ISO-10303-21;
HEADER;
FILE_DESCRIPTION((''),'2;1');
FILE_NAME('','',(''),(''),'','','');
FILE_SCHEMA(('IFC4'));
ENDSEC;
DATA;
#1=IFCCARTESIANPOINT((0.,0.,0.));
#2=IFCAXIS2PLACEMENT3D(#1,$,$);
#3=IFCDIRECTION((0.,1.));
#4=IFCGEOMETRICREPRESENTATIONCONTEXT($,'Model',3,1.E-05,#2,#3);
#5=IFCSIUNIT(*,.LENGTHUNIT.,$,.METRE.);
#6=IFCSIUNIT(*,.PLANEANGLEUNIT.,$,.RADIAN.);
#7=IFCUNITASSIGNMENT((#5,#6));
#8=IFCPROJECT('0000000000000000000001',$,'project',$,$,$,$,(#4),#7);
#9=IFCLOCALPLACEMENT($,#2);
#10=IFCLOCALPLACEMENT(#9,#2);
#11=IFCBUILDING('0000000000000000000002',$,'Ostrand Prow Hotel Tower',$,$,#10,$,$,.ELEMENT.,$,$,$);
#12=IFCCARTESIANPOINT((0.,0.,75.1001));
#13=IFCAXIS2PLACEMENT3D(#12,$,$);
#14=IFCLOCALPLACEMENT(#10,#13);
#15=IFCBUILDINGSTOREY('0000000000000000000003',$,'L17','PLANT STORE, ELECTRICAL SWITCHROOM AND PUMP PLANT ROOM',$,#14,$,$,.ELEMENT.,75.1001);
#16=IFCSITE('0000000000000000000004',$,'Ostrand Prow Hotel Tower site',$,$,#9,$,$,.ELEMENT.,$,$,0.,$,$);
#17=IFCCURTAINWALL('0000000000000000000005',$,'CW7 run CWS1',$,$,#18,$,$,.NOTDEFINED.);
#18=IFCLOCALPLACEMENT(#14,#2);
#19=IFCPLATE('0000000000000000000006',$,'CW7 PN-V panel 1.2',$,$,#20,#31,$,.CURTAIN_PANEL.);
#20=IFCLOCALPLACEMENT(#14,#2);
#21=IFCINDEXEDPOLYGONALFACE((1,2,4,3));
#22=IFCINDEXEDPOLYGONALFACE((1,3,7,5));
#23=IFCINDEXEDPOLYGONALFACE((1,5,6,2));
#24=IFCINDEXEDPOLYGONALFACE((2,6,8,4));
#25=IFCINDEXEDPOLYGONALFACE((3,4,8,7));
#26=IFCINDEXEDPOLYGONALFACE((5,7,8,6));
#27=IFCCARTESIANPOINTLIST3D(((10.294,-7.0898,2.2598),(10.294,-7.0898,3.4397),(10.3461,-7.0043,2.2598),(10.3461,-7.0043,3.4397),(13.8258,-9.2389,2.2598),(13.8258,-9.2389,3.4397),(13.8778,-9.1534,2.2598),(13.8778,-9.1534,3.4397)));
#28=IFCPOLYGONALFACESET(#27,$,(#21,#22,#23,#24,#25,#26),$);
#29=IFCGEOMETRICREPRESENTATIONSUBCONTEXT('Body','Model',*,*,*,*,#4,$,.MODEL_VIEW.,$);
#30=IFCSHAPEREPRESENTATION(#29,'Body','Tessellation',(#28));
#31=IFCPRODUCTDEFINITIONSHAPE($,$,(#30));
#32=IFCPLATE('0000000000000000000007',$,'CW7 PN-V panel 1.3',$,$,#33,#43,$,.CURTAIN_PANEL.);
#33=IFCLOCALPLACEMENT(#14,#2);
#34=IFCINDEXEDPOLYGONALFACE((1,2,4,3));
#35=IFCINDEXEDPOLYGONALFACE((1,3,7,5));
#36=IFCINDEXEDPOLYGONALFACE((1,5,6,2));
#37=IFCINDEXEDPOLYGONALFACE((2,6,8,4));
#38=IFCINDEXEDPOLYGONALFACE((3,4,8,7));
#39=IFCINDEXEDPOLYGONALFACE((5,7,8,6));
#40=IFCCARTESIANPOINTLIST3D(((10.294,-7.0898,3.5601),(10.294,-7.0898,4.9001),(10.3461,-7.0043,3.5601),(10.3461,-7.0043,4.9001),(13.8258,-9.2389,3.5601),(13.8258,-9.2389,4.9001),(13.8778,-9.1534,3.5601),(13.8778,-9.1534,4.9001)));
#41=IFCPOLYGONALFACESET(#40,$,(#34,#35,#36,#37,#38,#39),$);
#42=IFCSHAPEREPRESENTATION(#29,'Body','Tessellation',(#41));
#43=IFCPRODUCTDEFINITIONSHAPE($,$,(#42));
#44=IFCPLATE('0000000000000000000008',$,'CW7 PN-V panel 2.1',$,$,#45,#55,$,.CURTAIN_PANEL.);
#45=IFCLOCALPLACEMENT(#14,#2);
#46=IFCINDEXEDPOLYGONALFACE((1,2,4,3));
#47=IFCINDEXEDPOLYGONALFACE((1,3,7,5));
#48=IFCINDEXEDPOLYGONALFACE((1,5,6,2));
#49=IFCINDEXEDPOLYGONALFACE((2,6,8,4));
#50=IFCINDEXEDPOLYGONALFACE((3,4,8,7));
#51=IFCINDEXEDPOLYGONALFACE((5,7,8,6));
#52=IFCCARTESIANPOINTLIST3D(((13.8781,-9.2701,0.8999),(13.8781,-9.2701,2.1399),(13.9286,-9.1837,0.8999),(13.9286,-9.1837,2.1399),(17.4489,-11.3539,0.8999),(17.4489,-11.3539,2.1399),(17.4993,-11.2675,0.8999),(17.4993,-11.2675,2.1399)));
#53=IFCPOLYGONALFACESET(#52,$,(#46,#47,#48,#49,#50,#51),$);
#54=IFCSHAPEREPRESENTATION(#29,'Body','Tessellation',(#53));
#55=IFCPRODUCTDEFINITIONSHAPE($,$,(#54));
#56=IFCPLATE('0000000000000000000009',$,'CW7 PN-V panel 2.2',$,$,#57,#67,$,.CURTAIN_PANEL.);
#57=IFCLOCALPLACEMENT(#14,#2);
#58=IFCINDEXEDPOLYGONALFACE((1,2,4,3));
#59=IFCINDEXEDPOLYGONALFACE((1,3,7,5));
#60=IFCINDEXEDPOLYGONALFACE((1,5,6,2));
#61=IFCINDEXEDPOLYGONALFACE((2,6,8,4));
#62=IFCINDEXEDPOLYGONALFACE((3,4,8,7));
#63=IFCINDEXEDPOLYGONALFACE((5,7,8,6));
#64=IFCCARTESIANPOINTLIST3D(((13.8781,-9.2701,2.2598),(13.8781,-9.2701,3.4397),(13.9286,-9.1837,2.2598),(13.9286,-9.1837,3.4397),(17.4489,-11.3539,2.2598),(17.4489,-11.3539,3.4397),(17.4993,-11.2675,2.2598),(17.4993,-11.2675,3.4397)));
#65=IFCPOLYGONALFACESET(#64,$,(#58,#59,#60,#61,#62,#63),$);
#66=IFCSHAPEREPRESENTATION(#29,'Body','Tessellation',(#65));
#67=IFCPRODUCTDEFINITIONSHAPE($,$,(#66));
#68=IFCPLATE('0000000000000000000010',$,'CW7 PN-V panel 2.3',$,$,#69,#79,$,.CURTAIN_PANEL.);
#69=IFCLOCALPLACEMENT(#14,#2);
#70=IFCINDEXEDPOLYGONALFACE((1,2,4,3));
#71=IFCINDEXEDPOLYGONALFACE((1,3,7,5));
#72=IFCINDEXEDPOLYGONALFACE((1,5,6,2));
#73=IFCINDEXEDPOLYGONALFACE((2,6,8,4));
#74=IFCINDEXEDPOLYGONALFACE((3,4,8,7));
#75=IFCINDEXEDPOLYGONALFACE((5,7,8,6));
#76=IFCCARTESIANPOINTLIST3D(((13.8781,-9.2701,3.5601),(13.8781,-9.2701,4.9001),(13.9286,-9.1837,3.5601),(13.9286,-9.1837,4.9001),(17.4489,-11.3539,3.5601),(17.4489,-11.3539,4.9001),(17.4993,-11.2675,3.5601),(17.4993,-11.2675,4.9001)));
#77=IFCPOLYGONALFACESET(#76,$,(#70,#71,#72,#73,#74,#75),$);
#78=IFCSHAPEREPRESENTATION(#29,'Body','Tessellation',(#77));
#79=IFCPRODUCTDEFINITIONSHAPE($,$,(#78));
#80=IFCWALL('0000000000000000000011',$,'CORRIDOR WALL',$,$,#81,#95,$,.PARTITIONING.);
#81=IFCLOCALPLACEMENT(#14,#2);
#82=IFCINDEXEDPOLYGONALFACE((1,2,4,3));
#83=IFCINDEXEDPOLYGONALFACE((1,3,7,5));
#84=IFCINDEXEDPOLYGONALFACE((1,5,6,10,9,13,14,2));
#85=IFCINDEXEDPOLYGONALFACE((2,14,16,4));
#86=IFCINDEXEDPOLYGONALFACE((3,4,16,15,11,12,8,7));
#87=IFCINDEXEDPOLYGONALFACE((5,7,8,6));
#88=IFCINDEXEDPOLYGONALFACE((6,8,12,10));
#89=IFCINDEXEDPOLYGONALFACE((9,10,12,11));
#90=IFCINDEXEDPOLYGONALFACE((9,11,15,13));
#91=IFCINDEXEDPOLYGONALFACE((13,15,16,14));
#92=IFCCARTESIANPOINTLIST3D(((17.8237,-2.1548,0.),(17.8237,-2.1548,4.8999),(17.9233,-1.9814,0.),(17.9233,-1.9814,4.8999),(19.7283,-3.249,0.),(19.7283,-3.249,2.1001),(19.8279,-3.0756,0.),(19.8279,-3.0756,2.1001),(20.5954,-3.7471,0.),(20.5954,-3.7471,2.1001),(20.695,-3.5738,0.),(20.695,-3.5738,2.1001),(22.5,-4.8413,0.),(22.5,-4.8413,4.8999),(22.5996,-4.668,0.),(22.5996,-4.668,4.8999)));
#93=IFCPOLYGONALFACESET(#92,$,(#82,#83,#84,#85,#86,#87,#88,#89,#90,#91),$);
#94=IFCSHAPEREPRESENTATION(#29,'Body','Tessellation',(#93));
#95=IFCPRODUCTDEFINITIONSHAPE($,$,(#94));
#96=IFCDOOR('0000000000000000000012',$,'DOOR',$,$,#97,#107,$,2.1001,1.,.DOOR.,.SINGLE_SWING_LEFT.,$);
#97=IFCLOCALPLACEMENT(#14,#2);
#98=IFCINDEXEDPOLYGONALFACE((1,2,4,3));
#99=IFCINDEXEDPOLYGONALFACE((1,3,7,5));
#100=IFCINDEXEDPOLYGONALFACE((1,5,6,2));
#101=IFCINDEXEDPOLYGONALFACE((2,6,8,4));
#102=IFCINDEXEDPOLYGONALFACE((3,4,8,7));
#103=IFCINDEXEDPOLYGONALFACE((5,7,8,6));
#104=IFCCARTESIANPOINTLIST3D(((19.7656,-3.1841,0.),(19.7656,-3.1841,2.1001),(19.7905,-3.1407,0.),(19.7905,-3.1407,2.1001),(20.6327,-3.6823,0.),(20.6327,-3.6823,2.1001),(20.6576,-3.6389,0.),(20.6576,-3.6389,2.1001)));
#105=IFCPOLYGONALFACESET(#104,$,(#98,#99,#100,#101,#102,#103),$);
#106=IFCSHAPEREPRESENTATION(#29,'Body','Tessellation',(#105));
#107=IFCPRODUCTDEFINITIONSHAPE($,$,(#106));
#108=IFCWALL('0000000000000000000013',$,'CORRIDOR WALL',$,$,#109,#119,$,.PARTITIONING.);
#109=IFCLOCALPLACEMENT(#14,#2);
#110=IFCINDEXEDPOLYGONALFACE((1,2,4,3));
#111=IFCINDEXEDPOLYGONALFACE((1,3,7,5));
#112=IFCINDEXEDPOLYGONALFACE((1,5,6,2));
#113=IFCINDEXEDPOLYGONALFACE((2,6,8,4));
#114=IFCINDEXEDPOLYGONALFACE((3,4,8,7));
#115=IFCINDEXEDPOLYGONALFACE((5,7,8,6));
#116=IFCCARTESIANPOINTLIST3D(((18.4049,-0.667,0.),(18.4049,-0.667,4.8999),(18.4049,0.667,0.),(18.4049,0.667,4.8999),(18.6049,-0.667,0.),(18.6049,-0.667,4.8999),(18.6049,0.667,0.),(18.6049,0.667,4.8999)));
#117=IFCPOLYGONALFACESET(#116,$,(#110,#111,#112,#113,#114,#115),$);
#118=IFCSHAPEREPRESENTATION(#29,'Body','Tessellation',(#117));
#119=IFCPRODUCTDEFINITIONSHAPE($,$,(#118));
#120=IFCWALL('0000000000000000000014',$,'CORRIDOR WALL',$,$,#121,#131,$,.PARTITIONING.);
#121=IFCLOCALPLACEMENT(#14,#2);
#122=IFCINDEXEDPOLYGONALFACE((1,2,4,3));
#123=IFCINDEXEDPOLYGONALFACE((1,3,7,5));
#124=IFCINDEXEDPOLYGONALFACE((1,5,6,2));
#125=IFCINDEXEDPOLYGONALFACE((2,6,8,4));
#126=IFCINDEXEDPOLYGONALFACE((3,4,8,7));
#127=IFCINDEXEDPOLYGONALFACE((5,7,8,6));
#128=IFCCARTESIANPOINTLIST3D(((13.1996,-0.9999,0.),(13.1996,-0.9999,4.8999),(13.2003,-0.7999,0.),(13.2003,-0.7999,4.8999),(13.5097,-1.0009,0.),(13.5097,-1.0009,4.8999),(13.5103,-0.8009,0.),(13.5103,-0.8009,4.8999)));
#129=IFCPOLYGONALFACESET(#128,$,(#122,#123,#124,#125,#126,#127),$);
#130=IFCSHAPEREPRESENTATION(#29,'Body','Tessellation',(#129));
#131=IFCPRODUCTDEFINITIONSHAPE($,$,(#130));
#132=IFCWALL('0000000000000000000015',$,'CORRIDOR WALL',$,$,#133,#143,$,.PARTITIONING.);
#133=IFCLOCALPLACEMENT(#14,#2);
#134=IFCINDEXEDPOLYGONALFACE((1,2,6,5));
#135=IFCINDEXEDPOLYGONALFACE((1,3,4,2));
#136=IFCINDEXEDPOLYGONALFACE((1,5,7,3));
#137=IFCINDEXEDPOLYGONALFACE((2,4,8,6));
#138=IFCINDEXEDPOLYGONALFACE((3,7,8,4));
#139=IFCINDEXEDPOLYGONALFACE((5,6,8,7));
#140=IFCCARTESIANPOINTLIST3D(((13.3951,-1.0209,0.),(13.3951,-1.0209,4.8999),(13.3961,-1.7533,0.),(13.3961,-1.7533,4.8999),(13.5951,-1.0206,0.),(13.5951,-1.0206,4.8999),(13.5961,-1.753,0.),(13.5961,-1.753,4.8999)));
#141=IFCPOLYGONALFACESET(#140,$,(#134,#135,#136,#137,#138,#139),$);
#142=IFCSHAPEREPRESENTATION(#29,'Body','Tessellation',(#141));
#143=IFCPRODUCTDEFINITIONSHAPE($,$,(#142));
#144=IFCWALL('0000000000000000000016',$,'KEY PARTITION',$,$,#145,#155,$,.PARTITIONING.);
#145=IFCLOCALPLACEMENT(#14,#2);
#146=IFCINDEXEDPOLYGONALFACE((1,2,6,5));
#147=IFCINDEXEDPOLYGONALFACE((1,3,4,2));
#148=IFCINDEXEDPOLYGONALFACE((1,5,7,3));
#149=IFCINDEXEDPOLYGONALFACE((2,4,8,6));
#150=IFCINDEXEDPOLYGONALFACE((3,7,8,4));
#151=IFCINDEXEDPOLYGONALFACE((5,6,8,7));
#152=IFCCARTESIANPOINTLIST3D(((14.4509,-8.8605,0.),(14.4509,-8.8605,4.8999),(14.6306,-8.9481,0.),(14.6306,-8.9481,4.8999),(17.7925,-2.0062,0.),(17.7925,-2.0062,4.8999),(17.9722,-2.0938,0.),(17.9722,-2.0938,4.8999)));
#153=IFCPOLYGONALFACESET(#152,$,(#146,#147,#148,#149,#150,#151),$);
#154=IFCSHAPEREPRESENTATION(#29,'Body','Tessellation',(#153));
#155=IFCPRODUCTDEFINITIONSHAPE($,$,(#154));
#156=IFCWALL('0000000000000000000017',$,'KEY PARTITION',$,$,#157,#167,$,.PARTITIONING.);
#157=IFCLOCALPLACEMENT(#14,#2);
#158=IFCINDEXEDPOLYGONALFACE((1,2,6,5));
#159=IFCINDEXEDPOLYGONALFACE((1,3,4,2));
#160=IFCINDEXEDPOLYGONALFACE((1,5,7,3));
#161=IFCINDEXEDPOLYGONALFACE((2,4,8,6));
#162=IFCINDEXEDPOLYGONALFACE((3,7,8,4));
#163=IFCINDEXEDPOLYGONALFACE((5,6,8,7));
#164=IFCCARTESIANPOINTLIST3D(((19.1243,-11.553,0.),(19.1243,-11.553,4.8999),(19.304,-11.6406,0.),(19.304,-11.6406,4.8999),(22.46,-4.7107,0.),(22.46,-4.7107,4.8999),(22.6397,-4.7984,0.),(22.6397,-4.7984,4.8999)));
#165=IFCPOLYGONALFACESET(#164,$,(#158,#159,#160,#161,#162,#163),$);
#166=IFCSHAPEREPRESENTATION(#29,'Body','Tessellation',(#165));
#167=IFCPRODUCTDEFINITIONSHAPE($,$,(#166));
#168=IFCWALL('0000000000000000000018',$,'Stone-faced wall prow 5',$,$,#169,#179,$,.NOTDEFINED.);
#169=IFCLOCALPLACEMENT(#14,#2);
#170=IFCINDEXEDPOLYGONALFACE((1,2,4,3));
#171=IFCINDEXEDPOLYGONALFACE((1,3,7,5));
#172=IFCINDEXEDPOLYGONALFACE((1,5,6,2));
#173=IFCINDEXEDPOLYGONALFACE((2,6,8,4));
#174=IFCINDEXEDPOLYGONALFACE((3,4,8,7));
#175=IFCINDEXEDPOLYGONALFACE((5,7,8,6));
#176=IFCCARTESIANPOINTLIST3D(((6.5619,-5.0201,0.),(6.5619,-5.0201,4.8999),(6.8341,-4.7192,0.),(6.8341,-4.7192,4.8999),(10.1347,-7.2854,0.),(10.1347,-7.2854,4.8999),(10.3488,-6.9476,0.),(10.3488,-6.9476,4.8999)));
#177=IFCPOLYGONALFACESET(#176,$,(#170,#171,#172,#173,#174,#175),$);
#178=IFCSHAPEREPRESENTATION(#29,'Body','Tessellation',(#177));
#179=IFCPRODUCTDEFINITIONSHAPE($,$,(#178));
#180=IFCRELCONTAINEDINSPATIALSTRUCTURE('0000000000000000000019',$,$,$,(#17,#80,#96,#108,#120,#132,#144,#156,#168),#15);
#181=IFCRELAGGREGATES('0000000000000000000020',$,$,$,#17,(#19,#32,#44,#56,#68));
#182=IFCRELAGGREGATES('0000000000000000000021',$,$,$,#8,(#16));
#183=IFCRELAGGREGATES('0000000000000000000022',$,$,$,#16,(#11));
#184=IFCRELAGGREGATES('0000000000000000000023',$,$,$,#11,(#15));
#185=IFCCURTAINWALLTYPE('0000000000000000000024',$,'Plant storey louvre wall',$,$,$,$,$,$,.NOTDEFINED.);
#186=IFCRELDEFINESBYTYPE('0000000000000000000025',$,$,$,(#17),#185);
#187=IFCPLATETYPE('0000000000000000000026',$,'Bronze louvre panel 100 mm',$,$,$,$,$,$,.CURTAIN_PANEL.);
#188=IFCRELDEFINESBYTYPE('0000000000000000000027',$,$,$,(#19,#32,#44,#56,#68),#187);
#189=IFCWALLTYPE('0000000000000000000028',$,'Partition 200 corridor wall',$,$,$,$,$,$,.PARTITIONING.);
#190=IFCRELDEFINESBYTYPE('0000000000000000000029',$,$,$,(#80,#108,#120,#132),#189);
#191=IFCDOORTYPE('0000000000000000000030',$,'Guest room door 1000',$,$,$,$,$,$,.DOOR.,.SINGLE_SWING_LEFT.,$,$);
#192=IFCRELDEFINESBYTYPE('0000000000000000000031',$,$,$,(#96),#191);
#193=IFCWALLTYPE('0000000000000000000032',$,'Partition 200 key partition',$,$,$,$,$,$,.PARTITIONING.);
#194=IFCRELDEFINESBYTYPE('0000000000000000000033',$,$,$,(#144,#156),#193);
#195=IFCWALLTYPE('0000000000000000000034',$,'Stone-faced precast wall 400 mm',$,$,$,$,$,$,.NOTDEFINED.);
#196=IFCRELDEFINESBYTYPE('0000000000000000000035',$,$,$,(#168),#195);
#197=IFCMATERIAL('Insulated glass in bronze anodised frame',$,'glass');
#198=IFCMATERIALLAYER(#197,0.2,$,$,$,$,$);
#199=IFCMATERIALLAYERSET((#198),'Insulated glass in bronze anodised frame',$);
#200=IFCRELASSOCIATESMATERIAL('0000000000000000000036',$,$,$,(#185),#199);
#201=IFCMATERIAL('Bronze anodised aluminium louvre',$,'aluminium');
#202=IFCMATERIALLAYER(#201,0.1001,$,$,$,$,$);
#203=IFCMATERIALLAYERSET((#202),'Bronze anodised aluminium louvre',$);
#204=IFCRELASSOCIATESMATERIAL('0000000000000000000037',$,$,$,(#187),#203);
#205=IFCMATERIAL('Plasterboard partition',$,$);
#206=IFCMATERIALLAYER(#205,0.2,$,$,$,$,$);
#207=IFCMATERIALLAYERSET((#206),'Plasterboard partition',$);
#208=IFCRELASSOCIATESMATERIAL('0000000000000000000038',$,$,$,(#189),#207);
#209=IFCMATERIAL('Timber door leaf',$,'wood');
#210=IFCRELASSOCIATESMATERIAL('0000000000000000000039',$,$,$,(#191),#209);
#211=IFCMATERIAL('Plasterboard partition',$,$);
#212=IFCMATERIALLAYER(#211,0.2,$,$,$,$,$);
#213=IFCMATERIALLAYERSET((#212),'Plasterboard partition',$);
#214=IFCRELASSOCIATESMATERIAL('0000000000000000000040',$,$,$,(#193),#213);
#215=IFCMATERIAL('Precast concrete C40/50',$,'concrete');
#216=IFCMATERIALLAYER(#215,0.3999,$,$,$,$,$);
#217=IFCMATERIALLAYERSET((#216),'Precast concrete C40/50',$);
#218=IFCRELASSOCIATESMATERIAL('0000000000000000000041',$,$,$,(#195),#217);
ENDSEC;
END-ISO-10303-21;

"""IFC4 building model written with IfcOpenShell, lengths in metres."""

from ifc_helpers import new_model, si_unit, direction, frame, frame_2d, origin, origin_2d, place, context, subcontext, project, spatial, polyline, rectangle, outline, extrude, material, layer, layer_set, type_object, element, fill, aggregate, save


model = new_model("IFC4")

# Units and contexts
model_context = context("Model", 3, precision=1e-05, world=origin(), true_north=direction((0.0, 1.0)))
body_context = subcontext(model_context, "Body", "Model", "MODEL_VIEW")
ifc_project = project(units=[si_unit("LENGTHUNIT", "METRE"), si_unit("PLANEANGLEUNIT", "RADIAN")], contexts=[model_context])

# Site, building, storey
site_placement = place(None, origin())
site = spatial("IfcSite", under=ifc_project, at=site_placement, Name="Ostrand Prow Hotel Tower site", CompositionType="ELEMENT", RefElevation=0.0)
building_placement = place(site_placement, origin())
building = spatial("IfcBuilding", under=site, at=building_placement, Name="Ostrand Prow Hotel Tower", CompositionType="ELEMENT")
storey_placement = place(building_placement, frame((0.0, 0.0, 75.1001)))
storey = spatial("IfcBuildingStorey", under=building, at=storey_placement, Name="L17", Description="PLANT STORE, ELECTRICAL SWITCHROOM AND PUMP PLANT ROOM", CompositionType="ELEMENT", Elevation=75.1001)

# Curtain wall
ifc_material_1 = material(Name="Insulated glass in bronze anodised frame", Category="glass")
ifc_layer_1 = layer(ifc_material_1, 0.2)
ifc_layer_set_1 = layer_set([ifc_layer_1], Name="Insulated glass in bronze anodised frame")
curtain_wall_type = type_object("IfcCurtainWallType", Name="Plant storey louvre wall", PredefinedType="NOTDEFINED", material=ifc_layer_set_1)
curtain_wall_1_placement = place(storey_placement, origin())
curtain_wall_1 = element("IfcCurtainWall", 1, at=curtain_wall_1_placement, inside=storey, type_object=curtain_wall_type, Name="CW7 run CWS1", PredefinedType="NOTDEFINED")

# Plates
ifc_material_2 = material(Name="Bronze anodised aluminium louvre", Category="aluminium")
ifc_layer_2 = layer(ifc_material_2, 0.1001)
ifc_layer_set_2 = layer_set([ifc_layer_2], Name="Bronze anodised aluminium louvre")
plate_type = type_object("IfcPlateType", Name="Bronze louvre panel 100 mm", PredefinedType="CURTAIN_PANEL", material=ifc_layer_set_2)
plate_1_placement = place(storey_placement, frame((12.0859, -8.1216, 2.2598), z_axis=(0.0, 0.0, 1.0), x_axis=(0.854269, -0.519831, 0.0)))
plate_1 = element("IfcPlate", 2, at=plate_1_placement, type_object=plate_type, Name="CW7 PN-V panel 1.2", PredefinedType="CURTAIN_PANEL", context=body_context, shape_type="SweptSolid", body=[
    extrude(rectangle(XDim=4.1343, YDim=0.1001, at=origin_2d()), origin(), (0.0, 0.0, 1.0), 1.1799),
])
plate_2_placement = place(storey_placement, frame((12.0859, -8.1216, 3.5601), z_axis=(0.0, 0.0, 1.0), x_axis=(0.854269, -0.519831, 0.0)))
plate_2 = element("IfcPlate", 3, at=plate_2_placement, type_object=plate_type, Name="CW7 PN-V panel 1.3", PredefinedType="CURTAIN_PANEL", context=body_context, shape_type="SweptSolid", body=[
    extrude(rectangle(XDim=4.1343, YDim=0.1001, at=origin_2d()), origin(), (0.0, 0.0, 1.0), 1.3401),
])
plate_3_placement = place(storey_placement, frame((15.6887, -10.2688, 0.8999), z_axis=(0.0, 0.0, 1.0), x_axis=(0.86369, -0.504023, 0.0)))
plate_3 = element("IfcPlate", 4, at=plate_3_placement, type_object=plate_type, Name="CW7 PN-V panel 2.1", PredefinedType="CURTAIN_PANEL", context=body_context, shape_type="SweptSolid", body=[
    extrude(rectangle(XDim=4.1343, YDim=0.1001, at=origin_2d()), origin(), (0.0, 0.0, 1.0), 1.24),
])
plate_4_placement = place(storey_placement, frame((15.6887, -10.2688, 2.2598), z_axis=(0.0, 0.0, 1.0), x_axis=(0.86369, -0.504023, 0.0)))
plate_4 = element("IfcPlate", 5, at=plate_4_placement, type_object=plate_type, Name="CW7 PN-V panel 2.2", PredefinedType="CURTAIN_PANEL", context=body_context, shape_type="SweptSolid", body=[
    extrude(rectangle(XDim=4.1343, YDim=0.1001, at=origin_2d()), origin(), (0.0, 0.0, 1.0), 1.1799),
])
plate_5_placement = place(storey_placement, frame((15.6887, -10.2688, 3.5601), z_axis=(0.0, 0.0, 1.0), x_axis=(0.86369, -0.504023, 0.0)))
plate_5 = element("IfcPlate", 6, at=plate_5_placement, type_object=plate_type, Name="CW7 PN-V panel 2.3", PredefinedType="CURTAIN_PANEL", context=body_context, shape_type="SweptSolid", body=[
    extrude(rectangle(XDim=4.1343, YDim=0.1001, at=origin_2d()), origin(), (0.0, 0.0, 1.0), 1.3401),
])
aggregate(curtain_wall_1, [plate_1, plate_2, plate_3, plate_4, plate_5])

# Wall, opening, door
ifc_material_3 = material(Name="Plasterboard partition")
ifc_layer_3 = layer(ifc_material_3, 0.2)
ifc_layer_set_3 = layer_set([ifc_layer_3], Name="Plasterboard partition")
wall_type_1 = type_object("IfcWallType", Name="Partition 200 corridor wall", PredefinedType="PARTITIONING", material=ifc_layer_set_3)
wall_1_placement = place(storey_placement, frame((17.8735, -2.0681, 0.0), z_axis=(0.0, 0.0, 1.0), x_axis=(0.867093, -0.498146, 0.0)))
wall_1 = element("IfcWall", 7, at=wall_1_placement, inside=storey, type_object=wall_type_1, Name="CORRIDOR WALL", PredefinedType="PARTITIONING", context=body_context, shape_type="SweptSolid", body=[
    extrude(rectangle(XDim=5.3931, YDim=0.2, at=frame_2d((2.6965, 0.0))), origin(), (0.0, 0.0, 1.0), 4.8999),
])
opening_placement = place(wall_1_placement, frame((2.1965, 0.0, 0.0)))
opening = element("IfcOpeningElement", 8, at=opening_placement, cuts=wall_1, PredefinedType="OPENING", context=body_context, shape_type="SweptSolid", body=[
    extrude(rectangle(XDim=1.0, YDim=2.1001, at=frame_2d((0.5, 1.05))), frame((0.0, 0.1099, 0.0), z_axis=(0.0, -1.0, 0.0), x_axis=(1.0, 0.0, 0.0)), (0.0, 0.0, 1.0), 0.22),
])
ifc_material_4 = material(Name="Timber door leaf", Category="wood")
door_type = type_object("IfcDoorType", Name="Guest room door 1000", OperationType="SINGLE_SWING_LEFT", PredefinedType="DOOR", material=ifc_material_4)
door_placement = place(opening_placement, origin())
door = element("IfcDoor", 9, at=door_placement, inside=storey, type_object=door_type, Name="DOOR", OperationType="SINGLE_SWING_LEFT", OverallHeight=2.1001, OverallWidth=1.0, PredefinedType="DOOR", context=body_context, shape_type="SweptSolid", body=[
    extrude(rectangle(XDim=1.0, YDim=2.1001, at=frame_2d((0.5, 1.05))), frame((0.0, 0.0249, 0.0), z_axis=(0.0, -1.0, 0.0), x_axis=(1.0, 0.0, 0.0)), (0.0, 0.0, 1.0), 0.05),
])
fill(opening, door)

# Walls
wall_2_placement = place(storey_placement, frame((18.5049, -0.667, 0.0), z_axis=(0.0, 0.0, 1.0), x_axis=(0.0, 1.0, 0.0)))
element("IfcWall", 10, at=wall_2_placement, inside=storey, type_object=wall_type_1, Name="CORRIDOR WALL", PredefinedType="PARTITIONING", context=body_context, shape_type="SweptSolid", body=[
    extrude(rectangle(XDim=1.334, YDim=0.2, at=frame_2d((0.667, 0.0))), origin(), (0.0, 0.0, 1.0), 4.8999),
])
wall_3_placement = place(storey_placement, frame((13.2, -0.8999, 0.0), z_axis=(0.0, 0.0, 1.0), x_axis=(0.999995, -0.00315, 0.0)))
element("IfcWall", 11, at=wall_3_placement, inside=storey, type_object=wall_type_1, Name="CORRIDOR WALL", PredefinedType="PARTITIONING", context=body_context, shape_type="SweptSolid", body=[
    extrude(rectangle(XDim=0.3101, YDim=0.2, at=frame_2d((0.155, 0.0))), origin(), (0.0, 0.0, 1.0), 4.8999),
])
wall_4_placement = place(storey_placement, frame((13.4951, -1.0208, 0.0), z_axis=(0.0, 0.0, 1.0), x_axis=(0.001333, -0.999999, 0.0)))
element("IfcWall", 12, at=wall_4_placement, inside=storey, type_object=wall_type_1, Name="CORRIDOR WALL", PredefinedType="PARTITIONING", context=body_context, shape_type="SweptSolid", body=[
    extrude(rectangle(XDim=0.7324, YDim=0.2, at=frame_2d((0.3662, 0.0))), origin(), (0.0, 0.0, 1.0), 4.8999),
])
ifc_material_5 = material(Name="Plasterboard partition")
ifc_layer_4 = layer(ifc_material_5, 0.2)
ifc_layer_set_4 = layer_set([ifc_layer_4], Name="Plasterboard partition")
wall_type_2 = type_object("IfcWallType", Name="Partition 200 key partition", PredefinedType="PARTITIONING", material=ifc_layer_set_4)
wall_5_placement = place(storey_placement, frame((14.5408, -8.9043, 0.0), z_axis=(0.0, 0.0, 1.0), x_axis=(0.438214, 0.898871, 0.0)))
element("IfcWall", 13, at=wall_5_placement, inside=storey, type_object=wall_type_2, Name="KEY PARTITION", PredefinedType="PARTITIONING", context=body_context, shape_type="SweptSolid", body=[
    extrude(rectangle(XDim=7.6255, YDim=0.2, at=frame_2d((3.8127, 0.0))), origin(), (0.0, 0.0, 1.0), 4.8999),
])
wall_6_placement = place(storey_placement, frame((19.2141, -11.5969, 0.0), z_axis=(0.0, 0.0, 1.0), x_axis=(0.438211, 0.898872, 0.0)))
element("IfcWall", 14, at=wall_6_placement, inside=storey, type_object=wall_type_2, Name="KEY PARTITION", PredefinedType="PARTITIONING", context=body_context, shape_type="SweptSolid", body=[
    extrude(rectangle(XDim=7.6121, YDim=0.2, at=frame_2d((3.8062, 0.0))), origin(), (0.0, 0.0, 1.0), 4.8999),
])
ifc_material_6 = material(Name="Precast concrete C40/50", Category="concrete")
ifc_layer_5 = layer(ifc_material_6, 0.3999)
ifc_layer_set_5 = layer_set([ifc_layer_5], Name="Precast concrete C40/50")
wall_type_3 = type_object("IfcWallType", Name="Stone-faced precast wall 400 mm", PredefinedType="NOTDEFINED", material=ifc_layer_set_5)
wall_7_placement = place(storey_placement, frame((6.698, -4.8696, 0.0), z_axis=(0.0, 0.0, 1.0), x_axis=(0.844552, -0.535474, 0.0)))
element("IfcWall", 15, at=wall_7_placement, inside=storey, type_object=wall_type_3, Name="Stone-faced wall prow 5", PredefinedType="NOTDEFINED", context=body_context, shape_type="SweptSolid", body=[
    extrude(outline(polyline([(-0.0344, -0.2), (4.196, -0.2), (4.196, 0.2), (0.0344, 0.2), (-0.0344, -0.2)])), origin(), (0.0, 0.0, 1.0), 4.8999),
])

save(model, "model.ifc")
